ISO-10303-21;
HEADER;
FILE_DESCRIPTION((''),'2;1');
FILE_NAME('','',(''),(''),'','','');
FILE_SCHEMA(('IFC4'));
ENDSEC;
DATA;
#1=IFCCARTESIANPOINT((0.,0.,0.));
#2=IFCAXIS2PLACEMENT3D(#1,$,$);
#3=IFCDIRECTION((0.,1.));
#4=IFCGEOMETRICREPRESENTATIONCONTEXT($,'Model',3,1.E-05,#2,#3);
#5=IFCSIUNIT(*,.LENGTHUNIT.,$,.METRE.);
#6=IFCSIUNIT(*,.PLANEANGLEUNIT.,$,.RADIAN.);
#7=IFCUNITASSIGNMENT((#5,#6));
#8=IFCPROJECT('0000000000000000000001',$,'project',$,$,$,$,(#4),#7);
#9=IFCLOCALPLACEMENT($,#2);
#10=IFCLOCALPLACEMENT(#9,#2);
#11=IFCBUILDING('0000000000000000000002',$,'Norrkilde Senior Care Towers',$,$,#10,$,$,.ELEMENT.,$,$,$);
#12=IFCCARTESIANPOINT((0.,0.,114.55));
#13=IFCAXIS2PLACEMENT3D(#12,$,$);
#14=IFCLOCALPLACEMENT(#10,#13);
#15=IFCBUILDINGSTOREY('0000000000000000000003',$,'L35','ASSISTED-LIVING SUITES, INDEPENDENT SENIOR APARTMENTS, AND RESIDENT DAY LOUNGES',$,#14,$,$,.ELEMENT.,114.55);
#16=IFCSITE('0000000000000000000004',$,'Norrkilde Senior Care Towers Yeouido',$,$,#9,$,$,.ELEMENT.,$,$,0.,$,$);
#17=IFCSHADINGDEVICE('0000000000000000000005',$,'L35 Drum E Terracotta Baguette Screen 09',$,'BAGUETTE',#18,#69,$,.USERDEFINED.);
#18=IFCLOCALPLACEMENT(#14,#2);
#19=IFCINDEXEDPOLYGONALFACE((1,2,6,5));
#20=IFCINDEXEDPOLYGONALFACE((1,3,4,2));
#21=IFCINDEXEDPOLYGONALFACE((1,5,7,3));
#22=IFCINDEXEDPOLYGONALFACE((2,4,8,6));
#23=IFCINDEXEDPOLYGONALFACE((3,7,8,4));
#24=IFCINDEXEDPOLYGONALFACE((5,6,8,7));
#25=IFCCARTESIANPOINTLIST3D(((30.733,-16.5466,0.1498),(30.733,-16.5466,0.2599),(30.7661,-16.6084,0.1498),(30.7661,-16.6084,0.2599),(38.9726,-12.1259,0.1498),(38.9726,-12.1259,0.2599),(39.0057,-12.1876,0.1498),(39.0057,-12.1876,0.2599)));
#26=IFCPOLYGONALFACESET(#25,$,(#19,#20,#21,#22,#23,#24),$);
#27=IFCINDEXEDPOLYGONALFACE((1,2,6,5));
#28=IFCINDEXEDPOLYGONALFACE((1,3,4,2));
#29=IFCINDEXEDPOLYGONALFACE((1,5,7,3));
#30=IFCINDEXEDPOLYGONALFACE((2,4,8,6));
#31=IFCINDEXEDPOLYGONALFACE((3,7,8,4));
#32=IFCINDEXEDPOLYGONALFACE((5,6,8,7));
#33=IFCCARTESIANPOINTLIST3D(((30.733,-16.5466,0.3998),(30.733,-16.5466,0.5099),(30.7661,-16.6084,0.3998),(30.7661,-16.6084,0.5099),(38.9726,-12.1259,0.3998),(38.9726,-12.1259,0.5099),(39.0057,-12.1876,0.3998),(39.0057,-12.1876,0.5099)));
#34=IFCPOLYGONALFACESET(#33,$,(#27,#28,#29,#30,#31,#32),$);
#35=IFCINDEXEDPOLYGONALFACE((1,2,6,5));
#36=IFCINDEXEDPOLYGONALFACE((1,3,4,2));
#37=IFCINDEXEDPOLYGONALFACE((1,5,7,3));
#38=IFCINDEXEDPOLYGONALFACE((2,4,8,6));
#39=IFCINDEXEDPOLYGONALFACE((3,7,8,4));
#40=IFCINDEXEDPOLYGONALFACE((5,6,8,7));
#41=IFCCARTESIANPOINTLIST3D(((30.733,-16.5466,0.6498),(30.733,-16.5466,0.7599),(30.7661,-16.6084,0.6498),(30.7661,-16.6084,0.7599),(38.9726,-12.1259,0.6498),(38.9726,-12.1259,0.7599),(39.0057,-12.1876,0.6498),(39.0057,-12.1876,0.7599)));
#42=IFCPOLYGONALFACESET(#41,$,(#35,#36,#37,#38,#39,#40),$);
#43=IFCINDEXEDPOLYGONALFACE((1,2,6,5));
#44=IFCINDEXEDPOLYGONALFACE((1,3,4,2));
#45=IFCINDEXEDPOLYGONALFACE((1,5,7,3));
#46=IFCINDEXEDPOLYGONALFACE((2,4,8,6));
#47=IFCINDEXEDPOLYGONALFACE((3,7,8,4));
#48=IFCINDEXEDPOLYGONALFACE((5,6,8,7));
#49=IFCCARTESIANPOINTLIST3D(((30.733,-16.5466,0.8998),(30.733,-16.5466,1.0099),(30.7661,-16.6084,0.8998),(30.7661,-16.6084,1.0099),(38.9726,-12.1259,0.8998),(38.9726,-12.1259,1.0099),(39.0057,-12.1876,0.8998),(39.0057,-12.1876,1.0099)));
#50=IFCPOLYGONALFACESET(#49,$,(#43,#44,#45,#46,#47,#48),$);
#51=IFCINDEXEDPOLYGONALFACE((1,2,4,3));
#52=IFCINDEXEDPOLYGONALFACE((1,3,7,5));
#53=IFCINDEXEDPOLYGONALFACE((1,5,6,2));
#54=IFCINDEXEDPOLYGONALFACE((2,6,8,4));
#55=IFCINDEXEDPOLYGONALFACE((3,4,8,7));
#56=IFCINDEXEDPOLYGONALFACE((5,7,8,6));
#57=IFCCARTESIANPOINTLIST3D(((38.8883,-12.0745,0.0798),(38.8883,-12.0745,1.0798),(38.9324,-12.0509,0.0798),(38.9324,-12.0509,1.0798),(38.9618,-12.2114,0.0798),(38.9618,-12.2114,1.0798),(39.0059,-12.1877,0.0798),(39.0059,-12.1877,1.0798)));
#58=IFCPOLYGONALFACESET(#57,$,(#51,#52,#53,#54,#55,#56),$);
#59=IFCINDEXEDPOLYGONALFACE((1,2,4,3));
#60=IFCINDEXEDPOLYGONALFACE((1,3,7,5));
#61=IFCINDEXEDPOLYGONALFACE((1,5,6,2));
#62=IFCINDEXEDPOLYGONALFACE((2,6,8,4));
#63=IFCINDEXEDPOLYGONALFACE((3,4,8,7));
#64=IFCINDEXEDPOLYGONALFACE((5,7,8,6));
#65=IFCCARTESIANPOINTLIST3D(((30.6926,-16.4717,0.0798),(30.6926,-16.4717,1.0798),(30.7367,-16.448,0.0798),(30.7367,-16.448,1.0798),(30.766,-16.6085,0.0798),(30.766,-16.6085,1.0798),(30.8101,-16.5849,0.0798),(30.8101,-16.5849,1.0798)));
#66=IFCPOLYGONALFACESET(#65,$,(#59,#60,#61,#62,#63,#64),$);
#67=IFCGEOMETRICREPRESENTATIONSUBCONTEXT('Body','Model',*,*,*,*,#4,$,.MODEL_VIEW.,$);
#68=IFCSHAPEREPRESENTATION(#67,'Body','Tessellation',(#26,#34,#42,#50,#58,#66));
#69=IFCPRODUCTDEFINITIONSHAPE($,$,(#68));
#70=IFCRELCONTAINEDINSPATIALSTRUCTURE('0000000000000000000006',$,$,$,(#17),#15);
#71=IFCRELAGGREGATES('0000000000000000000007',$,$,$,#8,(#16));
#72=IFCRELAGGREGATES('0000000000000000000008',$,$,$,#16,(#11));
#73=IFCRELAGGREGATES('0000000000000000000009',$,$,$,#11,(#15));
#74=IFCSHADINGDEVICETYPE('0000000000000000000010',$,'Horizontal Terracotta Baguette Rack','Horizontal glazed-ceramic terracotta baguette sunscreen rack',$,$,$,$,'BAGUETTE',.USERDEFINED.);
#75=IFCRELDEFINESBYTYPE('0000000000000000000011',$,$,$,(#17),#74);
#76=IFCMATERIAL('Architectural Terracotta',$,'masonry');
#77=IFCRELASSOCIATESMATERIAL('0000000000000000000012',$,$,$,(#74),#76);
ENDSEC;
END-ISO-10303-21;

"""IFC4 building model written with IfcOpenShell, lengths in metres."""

from ifc_helpers import new_model, si_unit, direction, frame, origin, origin_2d, place, context, subcontext, project, spatial, rectangle, extrude, source, transform, mapped, material, type_object, type_shapes, element, save


model = new_model("IFC4")

# Units and contexts
model_context = context("Model", 3, precision=1e-05, world=origin(), true_north=direction((0.0, 1.0)))
body_context = subcontext(model_context, "Body", "Model", "MODEL_VIEW")
ifc_project = project(units=[si_unit("LENGTHUNIT", "METRE"), si_unit("PLANEANGLEUNIT", "RADIAN")], contexts=[model_context])

# Site, building, storey
site_placement = place(None, origin())
site = spatial("IfcSite", under=ifc_project, at=site_placement, Name="Norrkilde Senior Care Towers Yeouido", CompositionType="ELEMENT", RefElevation=0.0)
building_placement = place(site_placement, origin())
building = spatial("IfcBuilding", under=site, at=building_placement, Name="Norrkilde Senior Care Towers", CompositionType="ELEMENT")
storey_placement = place(building_placement, frame((0.0, 0.0, 114.55)))
storey = spatial("IfcBuildingStorey", under=building, at=storey_placement, Name="L35", Description="ASSISTED-LIVING SUITES, INDEPENDENT SENIOR APARTMENTS, AND RESIDENT DAY LOUNGES", CompositionType="ELEMENT", Elevation=114.55)

# Shading device
ifc_material_1 = material(Name="Architectural Terracotta", Category="masonry")
shading_device_type = type_object("IfcShadingDeviceType", Name="Horizontal Terracotta Baguette Rack", Description="Horizontal glazed-ceramic terracotta baguette sunscreen rack", ElementType="BAGUETTE", PredefinedType="USERDEFINED", material=ifc_material_1)
shared_shape_1 = source(origin(), body_context, "Body", "SweptSolid", [
    extrude(rectangle(XDim=0.0701, YDim=0.1101, at=origin_2d()), frame((0.0, 0.0901, 0.125), z_axis=(1.0, 0.0, 0.0), x_axis=(0.0, 1.0, 0.0)), (0.0, 0.0, 1.0), 9.3506),
    extrude(rectangle(XDim=0.0701, YDim=0.1101, at=origin_2d()), frame((0.0, 0.0901, 0.375), z_axis=(1.0, 0.0, 0.0), x_axis=(0.0, 1.0, 0.0)), (0.0, 0.0, 1.0), 9.3506),
    extrude(rectangle(XDim=0.0701, YDim=0.1101, at=origin_2d()), frame((0.0, 0.0901, 0.625), z_axis=(1.0, 0.0, 0.0), x_axis=(0.0, 1.0, 0.0)), (0.0, 0.0, 1.0), 9.3506),
    extrude(rectangle(XDim=0.0701, YDim=0.1101, at=origin_2d()), frame((0.0, 0.0901, 0.875), z_axis=(1.0, 0.0, 0.0), x_axis=(0.0, 1.0, 0.0)), (0.0, 0.0, 1.0), 9.3506),
    extrude(rectangle(XDim=0.05, YDim=0.1553, at=origin_2d()), frame((0.0249, 0.0476, 0.0)), (0.0, 0.0, 1.0), 1.0),
    extrude(rectangle(XDim=0.05, YDim=0.1553, at=origin_2d()), frame((9.3257, 0.0476, 0.0)), (0.0, 0.0, 1.0), 1.0),
])
type_shapes(shading_device_type, [shared_shape_1])
shading_device_placement = place(storey_placement, frame((38.9465, -12.0774, 0.0798), z_axis=(0.0, 0.0, 1.0), x_axis=(-0.881175, -0.472768, 0.0)))
element("IfcShadingDevice", 1, at=shading_device_placement, inside=storey, type_object=shading_device_type, Name="L35 Drum E Terracotta Baguette Screen 09", ObjectType="BAGUETTE", PredefinedType="USERDEFINED", context=body_context, shape_type="MappedRepresentation", body=[
    mapped(shared_shape_1, transform((0.0, 0.0, 0.0), x_axis=(1.0, 0.0, 0.0), y_axis=(0.0, 1.0, 0.0), z_axis=(0.0, 0.0, 1.0), scale=1.0)),
])

save(model, "model.ifc")
